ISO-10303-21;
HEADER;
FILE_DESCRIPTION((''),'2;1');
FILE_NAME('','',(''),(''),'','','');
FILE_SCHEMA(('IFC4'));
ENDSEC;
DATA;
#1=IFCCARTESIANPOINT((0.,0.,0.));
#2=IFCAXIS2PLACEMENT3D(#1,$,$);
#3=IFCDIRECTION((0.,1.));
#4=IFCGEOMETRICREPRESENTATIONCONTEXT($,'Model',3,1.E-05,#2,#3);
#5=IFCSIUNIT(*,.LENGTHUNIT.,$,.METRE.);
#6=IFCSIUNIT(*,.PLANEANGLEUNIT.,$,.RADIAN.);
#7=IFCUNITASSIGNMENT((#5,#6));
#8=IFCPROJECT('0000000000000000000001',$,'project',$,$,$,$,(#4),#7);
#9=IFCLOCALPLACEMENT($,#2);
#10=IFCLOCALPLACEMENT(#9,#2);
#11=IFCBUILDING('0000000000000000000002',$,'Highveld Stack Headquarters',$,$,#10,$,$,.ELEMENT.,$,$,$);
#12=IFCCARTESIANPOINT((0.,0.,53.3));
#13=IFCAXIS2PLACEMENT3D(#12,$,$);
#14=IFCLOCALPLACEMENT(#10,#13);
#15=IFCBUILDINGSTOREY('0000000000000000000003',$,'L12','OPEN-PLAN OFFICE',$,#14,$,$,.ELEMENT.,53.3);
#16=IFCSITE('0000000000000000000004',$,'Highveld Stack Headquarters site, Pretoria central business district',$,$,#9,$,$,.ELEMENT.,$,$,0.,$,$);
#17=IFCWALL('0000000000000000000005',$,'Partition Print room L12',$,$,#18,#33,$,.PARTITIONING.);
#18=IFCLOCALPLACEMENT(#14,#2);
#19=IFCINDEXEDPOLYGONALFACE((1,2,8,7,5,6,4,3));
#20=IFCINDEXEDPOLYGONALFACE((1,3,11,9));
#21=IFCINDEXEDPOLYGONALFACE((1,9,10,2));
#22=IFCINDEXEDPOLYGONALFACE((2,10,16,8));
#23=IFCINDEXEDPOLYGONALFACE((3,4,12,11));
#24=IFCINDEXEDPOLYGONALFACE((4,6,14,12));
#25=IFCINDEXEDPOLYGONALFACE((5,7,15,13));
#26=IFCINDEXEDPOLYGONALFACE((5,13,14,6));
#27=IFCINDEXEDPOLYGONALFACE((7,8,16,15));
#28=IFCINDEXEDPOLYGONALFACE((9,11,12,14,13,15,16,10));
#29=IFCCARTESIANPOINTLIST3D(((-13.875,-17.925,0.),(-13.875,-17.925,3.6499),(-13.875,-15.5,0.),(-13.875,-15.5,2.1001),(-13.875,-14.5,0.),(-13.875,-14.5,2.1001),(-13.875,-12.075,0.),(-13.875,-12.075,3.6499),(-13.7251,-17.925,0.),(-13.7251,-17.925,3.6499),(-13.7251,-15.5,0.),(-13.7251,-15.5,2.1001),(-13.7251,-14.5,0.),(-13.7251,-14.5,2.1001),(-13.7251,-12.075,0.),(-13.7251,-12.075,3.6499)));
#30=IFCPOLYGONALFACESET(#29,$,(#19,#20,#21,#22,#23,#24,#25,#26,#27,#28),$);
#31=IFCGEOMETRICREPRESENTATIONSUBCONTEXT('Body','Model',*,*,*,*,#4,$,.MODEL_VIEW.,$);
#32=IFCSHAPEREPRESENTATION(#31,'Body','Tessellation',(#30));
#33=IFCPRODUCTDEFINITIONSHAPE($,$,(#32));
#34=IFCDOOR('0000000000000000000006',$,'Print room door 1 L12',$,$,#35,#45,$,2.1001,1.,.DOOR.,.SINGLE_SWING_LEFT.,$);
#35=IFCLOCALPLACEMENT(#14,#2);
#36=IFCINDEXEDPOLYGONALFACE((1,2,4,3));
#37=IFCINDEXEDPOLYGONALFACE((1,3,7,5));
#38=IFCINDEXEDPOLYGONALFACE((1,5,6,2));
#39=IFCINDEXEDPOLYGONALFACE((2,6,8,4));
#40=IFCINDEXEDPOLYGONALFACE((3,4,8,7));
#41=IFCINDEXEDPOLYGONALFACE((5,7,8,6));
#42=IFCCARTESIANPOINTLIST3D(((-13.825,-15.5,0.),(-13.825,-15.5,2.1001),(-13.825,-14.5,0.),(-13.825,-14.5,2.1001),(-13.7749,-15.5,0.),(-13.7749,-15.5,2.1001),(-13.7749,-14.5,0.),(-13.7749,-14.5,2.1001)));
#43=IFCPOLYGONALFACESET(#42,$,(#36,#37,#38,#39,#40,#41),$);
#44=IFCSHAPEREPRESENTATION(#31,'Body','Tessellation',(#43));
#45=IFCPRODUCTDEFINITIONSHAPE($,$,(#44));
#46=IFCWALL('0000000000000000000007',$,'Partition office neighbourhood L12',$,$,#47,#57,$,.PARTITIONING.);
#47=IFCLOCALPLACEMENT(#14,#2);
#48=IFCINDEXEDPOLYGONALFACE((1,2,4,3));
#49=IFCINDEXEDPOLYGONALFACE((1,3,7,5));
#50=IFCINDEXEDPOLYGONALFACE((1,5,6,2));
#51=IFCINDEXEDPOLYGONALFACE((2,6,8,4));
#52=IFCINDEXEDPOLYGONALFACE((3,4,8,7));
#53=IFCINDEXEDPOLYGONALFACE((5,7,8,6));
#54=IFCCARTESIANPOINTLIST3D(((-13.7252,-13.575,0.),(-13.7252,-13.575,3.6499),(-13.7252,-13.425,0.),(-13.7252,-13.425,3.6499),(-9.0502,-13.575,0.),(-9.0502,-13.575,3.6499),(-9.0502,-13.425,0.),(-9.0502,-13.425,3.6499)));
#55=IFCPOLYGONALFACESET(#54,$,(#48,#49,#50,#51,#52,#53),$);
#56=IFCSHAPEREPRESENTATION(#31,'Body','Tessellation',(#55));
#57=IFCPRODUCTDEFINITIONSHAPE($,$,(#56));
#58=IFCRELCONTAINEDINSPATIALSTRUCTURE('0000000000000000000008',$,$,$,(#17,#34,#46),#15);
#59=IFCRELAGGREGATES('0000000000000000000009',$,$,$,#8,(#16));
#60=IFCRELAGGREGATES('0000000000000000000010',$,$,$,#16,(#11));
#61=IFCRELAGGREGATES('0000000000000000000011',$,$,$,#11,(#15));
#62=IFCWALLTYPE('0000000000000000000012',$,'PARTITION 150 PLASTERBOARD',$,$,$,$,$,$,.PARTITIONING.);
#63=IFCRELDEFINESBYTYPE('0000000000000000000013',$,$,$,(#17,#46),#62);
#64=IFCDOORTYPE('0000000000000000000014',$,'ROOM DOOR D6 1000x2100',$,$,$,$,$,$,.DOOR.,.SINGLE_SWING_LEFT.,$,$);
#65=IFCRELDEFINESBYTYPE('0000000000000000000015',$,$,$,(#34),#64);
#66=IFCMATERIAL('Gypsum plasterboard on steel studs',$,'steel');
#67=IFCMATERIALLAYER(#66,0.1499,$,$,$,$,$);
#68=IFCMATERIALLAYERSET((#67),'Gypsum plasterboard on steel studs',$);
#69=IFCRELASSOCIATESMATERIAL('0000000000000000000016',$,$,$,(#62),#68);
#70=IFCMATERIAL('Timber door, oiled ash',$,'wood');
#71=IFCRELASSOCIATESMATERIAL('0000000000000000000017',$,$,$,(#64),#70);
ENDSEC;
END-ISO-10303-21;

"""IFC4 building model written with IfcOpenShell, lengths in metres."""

from ifc_helpers import new_model, si_unit, direction, frame, frame_2d, origin, place, context, subcontext, project, spatial, rectangle, extrude, material, layer, layer_set, type_object, element, fill, save


model = new_model("IFC4")

# Units and contexts
model_context = context("Model", 3, precision=1e-05, world=origin(), true_north=direction((0.0, 1.0)))
body_context = subcontext(model_context, "Body", "Model", "MODEL_VIEW")
ifc_project = project(units=[si_unit("LENGTHUNIT", "METRE"), si_unit("PLANEANGLEUNIT", "RADIAN")], contexts=[model_context])

# Site, building, storey
site_placement = place(None, origin())
site = spatial("IfcSite", under=ifc_project, at=site_placement, Name="Highveld Stack Headquarters site, Pretoria central business district", CompositionType="ELEMENT", RefElevation=0.0)
building_placement = place(site_placement, origin())
building = spatial("IfcBuilding", under=site, at=building_placement, Name="Highveld Stack Headquarters", CompositionType="ELEMENT")
storey_placement = place(building_placement, frame((0.0, 0.0, 53.3)))
storey = spatial("IfcBuildingStorey", under=building, at=storey_placement, Name="L12", Description="OPEN-PLAN OFFICE", CompositionType="ELEMENT", Elevation=53.3)

# Shared definitions
ifc_material_1 = material(Name="Gypsum plasterboard on steel studs", Category="steel")
ifc_layer_1 = layer(ifc_material_1, 0.1499)
ifc_layer_set_1 = layer_set([ifc_layer_1], Name="Gypsum plasterboard on steel studs")
wall_type = type_object("IfcWallType", Name="PARTITION 150 PLASTERBOARD", PredefinedType="PARTITIONING", material=ifc_layer_set_1)

# Wall, opening, door
wall_1_placement = place(storey_placement, frame((-13.8, -17.925, 0.0), z_axis=(0.0, 0.0, 1.0), x_axis=(0.0, 1.0, 0.0)))
wall_1 = element("IfcWall", 1, at=wall_1_placement, inside=storey, type_object=wall_type, Name="Partition Print room L12", PredefinedType="PARTITIONING", context=body_context, shape_type="SweptSolid", body=[
    extrude(rectangle(XDim=5.8501, YDim=0.1499, at=frame_2d((2.925, 0.0))), origin(), (0.0, 0.0, 1.0), 3.6499),
])
opening_placement = place(wall_1_placement, frame((2.425, 0.0, 0.0)))
opening = element("IfcOpeningElement", 2, at=opening_placement, cuts=wall_1, PredefinedType="OPENING", context=body_context, shape_type="SweptSolid", body=[
    extrude(rectangle(XDim=1.0, YDim=2.1001, at=frame_2d((0.5, 1.05))), frame((0.0, 0.085, 0.0), z_axis=(0.0, -1.0, 0.0), x_axis=(1.0, 0.0, 0.0)), (0.0, 0.0, 1.0), 0.1699),
])
ifc_material_2 = material(Name="Timber door, oiled ash", Category="wood")
door_type = type_object("IfcDoorType", Name="ROOM DOOR D6 1000x2100", OperationType="SINGLE_SWING_LEFT", PredefinedType="DOOR", material=ifc_material_2)
door_placement = place(opening_placement, origin())
door = element("IfcDoor", 3, at=door_placement, inside=storey, type_object=door_type, Name="Print room door 1 L12", OperationType="SINGLE_SWING_LEFT", OverallHeight=2.1001, OverallWidth=1.0, PredefinedType="DOOR", context=body_context, shape_type="SweptSolid", body=[
    extrude(rectangle(XDim=1.0, YDim=2.1001, at=frame_2d((0.5, 1.05))), frame((0.0, 0.0249, 0.0), z_axis=(0.0, -1.0, 0.0), x_axis=(1.0, 0.0, 0.0)), (0.0, 0.0, 1.0), 0.05),
])
fill(opening, door)

# Wall
wall_2_placement = place(storey_placement, frame((-13.7251, -13.5, 0.0), z_axis=(0.0, 0.0, 1.0), x_axis=(1.0, 0.0, 0.0)))
element("IfcWall", 4, at=wall_2_placement, inside=storey, type_object=wall_type, Name="Partition office neighbourhood L12", PredefinedType="PARTITIONING", context=body_context, shape_type="SweptSolid", body=[
    extrude(rectangle(XDim=4.675, YDim=0.1499, at=frame_2d((2.3374, 0.0))), origin(), (0.0, 0.0, 1.0), 3.6499),
])

save(model, "model.ifc")
